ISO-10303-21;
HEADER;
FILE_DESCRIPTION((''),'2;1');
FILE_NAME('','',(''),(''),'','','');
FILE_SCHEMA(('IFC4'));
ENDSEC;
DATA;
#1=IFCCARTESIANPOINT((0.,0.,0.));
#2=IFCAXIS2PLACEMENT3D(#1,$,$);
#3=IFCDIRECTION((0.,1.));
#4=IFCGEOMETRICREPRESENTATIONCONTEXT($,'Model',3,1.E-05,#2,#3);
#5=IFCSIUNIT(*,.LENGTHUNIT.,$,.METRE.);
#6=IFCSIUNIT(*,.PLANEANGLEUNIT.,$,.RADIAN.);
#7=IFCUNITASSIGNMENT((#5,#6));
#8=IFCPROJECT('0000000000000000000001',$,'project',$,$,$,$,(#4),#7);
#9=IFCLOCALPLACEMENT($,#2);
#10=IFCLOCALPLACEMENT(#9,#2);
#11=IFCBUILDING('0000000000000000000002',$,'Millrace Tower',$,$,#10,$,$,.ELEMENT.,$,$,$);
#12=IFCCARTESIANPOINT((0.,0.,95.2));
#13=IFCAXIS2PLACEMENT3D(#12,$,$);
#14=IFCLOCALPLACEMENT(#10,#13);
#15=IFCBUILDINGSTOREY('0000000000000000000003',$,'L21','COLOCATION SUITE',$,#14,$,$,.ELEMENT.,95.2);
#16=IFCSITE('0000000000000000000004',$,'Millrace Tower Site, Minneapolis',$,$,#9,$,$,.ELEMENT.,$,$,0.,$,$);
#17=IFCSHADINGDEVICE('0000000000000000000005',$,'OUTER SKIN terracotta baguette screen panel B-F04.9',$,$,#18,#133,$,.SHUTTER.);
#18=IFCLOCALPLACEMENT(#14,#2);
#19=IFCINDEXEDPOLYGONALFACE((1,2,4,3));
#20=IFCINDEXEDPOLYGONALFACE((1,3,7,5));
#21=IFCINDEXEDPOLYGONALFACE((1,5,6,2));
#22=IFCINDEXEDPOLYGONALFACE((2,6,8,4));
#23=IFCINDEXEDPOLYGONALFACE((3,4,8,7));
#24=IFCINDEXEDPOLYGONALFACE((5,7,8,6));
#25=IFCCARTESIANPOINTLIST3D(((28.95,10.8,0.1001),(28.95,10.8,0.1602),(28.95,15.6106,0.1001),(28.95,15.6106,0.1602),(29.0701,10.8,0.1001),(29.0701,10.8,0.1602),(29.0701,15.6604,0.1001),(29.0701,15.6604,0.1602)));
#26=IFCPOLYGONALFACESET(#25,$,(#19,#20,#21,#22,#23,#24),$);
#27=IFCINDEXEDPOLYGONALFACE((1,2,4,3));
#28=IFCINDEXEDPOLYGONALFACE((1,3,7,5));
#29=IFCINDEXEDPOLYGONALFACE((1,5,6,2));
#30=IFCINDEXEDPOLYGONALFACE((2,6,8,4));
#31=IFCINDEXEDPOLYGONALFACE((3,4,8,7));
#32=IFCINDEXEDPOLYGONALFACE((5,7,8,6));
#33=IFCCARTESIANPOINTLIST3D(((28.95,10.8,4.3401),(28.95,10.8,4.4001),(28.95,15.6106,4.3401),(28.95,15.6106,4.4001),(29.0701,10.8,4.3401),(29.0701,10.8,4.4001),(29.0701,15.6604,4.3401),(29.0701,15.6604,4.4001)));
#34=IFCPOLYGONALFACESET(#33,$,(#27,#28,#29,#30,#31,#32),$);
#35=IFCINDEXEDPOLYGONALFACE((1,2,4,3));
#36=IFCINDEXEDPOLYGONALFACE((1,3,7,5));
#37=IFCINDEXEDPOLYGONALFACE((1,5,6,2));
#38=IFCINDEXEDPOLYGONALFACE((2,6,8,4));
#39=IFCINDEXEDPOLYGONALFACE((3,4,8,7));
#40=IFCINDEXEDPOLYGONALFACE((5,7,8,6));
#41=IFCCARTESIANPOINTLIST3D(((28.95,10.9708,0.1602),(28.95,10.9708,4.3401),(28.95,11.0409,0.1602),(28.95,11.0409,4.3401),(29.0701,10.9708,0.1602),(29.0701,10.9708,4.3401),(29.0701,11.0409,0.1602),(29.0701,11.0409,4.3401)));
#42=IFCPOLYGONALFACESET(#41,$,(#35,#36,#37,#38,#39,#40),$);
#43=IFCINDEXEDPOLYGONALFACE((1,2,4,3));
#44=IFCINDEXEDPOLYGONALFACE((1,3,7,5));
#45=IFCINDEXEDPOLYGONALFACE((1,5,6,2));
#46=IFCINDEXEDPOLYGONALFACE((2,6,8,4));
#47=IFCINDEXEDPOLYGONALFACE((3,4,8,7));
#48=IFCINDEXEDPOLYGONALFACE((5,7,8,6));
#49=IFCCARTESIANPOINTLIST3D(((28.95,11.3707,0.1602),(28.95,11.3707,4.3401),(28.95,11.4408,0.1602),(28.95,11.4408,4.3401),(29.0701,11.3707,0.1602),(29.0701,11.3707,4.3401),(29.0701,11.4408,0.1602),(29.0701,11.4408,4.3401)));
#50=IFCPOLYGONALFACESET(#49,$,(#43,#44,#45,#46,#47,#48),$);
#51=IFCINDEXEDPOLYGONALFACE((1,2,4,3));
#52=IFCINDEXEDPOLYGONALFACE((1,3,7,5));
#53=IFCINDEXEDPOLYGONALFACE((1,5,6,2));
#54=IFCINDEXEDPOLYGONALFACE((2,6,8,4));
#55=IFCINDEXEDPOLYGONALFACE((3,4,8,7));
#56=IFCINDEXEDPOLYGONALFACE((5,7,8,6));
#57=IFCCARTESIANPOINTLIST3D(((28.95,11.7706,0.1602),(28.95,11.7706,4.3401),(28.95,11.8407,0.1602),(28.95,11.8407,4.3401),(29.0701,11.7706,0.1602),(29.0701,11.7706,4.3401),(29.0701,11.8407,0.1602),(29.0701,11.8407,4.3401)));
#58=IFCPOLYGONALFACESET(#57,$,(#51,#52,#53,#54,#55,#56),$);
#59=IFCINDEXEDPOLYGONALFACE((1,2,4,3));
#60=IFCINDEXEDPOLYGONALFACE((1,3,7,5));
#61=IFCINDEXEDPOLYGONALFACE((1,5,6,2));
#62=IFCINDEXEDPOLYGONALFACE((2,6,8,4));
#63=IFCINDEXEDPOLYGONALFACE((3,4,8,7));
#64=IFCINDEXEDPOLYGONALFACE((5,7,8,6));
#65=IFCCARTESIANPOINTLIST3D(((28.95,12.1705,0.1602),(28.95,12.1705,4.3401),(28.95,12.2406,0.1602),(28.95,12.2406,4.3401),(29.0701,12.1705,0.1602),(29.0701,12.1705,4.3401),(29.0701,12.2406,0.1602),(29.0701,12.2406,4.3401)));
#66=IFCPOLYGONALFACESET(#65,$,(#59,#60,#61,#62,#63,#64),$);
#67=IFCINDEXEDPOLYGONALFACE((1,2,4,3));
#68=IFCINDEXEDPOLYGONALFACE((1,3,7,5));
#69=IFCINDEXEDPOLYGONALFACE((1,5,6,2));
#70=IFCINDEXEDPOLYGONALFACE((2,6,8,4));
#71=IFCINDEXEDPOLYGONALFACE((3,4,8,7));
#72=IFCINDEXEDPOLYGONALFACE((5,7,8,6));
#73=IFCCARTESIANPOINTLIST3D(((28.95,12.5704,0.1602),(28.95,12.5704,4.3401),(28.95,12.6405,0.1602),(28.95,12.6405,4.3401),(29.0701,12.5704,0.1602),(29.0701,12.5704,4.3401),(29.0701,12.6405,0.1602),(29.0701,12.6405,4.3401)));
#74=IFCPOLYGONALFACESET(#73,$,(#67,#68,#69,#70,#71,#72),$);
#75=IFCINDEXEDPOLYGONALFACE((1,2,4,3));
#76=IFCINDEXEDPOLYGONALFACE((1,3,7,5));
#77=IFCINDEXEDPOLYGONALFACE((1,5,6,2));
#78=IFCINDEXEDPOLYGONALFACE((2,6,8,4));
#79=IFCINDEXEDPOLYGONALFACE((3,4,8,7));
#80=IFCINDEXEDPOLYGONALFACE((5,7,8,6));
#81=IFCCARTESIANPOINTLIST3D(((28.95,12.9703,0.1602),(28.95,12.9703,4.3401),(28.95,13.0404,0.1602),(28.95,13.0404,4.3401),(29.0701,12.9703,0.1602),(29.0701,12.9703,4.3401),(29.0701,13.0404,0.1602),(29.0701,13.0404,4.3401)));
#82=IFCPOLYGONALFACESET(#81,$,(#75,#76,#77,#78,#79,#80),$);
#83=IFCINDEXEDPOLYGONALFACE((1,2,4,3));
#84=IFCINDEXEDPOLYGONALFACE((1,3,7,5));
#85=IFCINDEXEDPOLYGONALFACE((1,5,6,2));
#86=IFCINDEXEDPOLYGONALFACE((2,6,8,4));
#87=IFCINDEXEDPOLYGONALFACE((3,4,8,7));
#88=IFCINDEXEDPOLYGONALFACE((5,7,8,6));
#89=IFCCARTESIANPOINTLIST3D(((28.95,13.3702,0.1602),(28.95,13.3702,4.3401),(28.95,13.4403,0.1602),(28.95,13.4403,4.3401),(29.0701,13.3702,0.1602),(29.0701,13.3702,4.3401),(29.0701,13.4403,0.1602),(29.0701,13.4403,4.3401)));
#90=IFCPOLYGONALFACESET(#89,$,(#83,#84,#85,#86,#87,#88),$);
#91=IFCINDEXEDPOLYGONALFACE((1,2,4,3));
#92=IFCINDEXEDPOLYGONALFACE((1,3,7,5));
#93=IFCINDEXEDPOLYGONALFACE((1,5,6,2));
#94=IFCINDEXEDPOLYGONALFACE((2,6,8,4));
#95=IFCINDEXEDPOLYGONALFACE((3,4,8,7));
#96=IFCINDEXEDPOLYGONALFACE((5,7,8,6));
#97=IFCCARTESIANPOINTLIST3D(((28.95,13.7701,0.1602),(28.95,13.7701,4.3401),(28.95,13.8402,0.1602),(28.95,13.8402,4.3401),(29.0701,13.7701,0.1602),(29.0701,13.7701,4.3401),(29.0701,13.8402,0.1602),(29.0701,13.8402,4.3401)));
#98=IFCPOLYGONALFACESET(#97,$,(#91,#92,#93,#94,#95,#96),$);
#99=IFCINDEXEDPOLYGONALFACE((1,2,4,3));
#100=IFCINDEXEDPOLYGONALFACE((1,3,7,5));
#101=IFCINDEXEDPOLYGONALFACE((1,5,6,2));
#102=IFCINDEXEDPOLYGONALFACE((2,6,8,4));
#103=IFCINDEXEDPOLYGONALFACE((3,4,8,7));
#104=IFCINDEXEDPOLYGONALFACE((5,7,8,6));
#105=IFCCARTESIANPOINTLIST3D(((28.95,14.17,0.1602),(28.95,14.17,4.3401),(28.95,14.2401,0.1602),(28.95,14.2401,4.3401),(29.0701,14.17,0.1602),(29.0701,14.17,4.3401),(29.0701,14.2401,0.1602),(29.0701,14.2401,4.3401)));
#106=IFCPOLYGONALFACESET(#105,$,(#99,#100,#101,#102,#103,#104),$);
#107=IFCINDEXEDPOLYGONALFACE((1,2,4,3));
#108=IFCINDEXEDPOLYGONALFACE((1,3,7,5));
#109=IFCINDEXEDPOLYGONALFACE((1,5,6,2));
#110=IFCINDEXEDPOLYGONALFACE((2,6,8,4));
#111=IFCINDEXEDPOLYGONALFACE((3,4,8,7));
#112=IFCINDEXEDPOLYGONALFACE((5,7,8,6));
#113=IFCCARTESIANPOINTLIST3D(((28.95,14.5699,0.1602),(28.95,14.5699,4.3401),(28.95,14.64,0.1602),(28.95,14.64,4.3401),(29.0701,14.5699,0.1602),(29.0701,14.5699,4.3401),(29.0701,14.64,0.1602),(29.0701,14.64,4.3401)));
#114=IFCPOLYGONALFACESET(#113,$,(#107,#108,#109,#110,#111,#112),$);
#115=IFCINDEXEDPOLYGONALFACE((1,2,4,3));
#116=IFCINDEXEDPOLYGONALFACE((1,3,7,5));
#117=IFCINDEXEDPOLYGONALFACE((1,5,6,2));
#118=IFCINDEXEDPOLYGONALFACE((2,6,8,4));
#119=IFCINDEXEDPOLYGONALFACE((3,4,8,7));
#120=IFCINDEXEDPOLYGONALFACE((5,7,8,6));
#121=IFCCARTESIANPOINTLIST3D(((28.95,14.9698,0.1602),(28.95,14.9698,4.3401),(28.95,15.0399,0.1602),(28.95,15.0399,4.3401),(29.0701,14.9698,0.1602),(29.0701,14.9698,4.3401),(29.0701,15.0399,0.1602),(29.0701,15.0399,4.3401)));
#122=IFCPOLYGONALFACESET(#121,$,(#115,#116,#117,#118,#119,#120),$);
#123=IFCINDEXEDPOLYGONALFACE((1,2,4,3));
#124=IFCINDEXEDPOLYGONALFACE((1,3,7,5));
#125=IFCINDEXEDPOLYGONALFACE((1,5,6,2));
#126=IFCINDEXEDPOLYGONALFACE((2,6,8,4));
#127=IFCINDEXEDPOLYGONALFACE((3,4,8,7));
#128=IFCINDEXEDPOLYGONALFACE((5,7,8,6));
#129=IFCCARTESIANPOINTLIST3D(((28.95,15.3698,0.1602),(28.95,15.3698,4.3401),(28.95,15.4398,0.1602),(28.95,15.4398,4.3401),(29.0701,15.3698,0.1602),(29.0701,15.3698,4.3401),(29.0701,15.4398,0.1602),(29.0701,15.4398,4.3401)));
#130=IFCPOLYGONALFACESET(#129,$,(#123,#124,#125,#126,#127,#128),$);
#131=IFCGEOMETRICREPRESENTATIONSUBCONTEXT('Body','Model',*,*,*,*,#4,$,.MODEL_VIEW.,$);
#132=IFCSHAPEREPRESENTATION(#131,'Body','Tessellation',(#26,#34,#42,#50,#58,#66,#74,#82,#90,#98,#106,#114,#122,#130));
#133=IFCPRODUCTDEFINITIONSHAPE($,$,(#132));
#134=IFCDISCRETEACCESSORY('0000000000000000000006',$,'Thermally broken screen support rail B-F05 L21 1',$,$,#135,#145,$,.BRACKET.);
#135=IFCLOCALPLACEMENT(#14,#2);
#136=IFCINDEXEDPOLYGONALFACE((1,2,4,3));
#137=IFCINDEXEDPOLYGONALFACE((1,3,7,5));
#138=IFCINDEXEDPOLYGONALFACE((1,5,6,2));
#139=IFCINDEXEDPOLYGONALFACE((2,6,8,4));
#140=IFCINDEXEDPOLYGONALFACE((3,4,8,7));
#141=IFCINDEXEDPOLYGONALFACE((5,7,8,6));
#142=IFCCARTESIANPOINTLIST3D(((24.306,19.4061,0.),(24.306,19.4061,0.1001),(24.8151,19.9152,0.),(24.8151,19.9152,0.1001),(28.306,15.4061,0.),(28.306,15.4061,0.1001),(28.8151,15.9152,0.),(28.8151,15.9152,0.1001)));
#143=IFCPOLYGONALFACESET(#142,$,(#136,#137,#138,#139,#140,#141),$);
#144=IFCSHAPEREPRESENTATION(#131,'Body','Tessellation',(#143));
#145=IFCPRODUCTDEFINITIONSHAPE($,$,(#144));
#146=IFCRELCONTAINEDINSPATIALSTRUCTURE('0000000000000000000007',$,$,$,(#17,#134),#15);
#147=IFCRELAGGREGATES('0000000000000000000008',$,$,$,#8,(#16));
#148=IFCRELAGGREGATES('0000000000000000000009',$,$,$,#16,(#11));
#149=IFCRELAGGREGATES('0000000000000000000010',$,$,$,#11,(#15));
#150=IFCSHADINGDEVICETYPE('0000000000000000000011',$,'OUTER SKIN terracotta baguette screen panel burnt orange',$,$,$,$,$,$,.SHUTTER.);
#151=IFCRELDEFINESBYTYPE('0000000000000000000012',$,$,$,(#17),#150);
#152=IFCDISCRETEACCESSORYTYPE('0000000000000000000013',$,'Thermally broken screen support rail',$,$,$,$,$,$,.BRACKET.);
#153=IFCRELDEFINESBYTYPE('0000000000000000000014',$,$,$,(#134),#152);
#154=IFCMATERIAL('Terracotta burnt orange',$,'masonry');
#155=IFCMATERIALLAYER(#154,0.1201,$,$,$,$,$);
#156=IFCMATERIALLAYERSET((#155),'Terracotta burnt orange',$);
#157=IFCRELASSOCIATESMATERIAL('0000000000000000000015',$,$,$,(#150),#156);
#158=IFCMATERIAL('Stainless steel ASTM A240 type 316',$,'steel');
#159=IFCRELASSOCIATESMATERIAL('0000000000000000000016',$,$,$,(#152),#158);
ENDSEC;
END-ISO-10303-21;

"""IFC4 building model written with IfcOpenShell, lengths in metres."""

from ifc_helpers import new_model, entity, si_unit, direction, frame, frame_2d, origin, origin_2d, place, context, subcontext, project, spatial, rectangle, extrude, source, transform, mapped, material, layer, layer_set, type_object, element, save


model = new_model("IFC4")

# Units and contexts
model_context = context("Model", 3, precision=1e-05, world=origin(), true_north=direction((0.0, 1.0)))
body_context = subcontext(model_context, "Body", "Model", "MODEL_VIEW")
ifc_project = project(units=[si_unit("LENGTHUNIT", "METRE"), si_unit("PLANEANGLEUNIT", "RADIAN")], contexts=[model_context])

# Site, building, storey
site_placement = place(None, origin())
site = spatial("IfcSite", under=ifc_project, at=site_placement, Name="Millrace Tower Site, Minneapolis", CompositionType="ELEMENT", RefElevation=0.0)
building_placement = place(site_placement, origin())
building = spatial("IfcBuilding", under=site, at=building_placement, Name="Millrace Tower", CompositionType="ELEMENT")
storey_placement = place(building_placement, frame((0.0, 0.0, 95.2)))
storey = spatial("IfcBuildingStorey", under=building, at=storey_placement, Name="L21", Description="COLOCATION SUITE", CompositionType="ELEMENT", Elevation=95.2)

# Shading device
ifc_material_1 = material(Name="Terracotta burnt orange", Category="masonry")
ifc_layer_1 = layer(ifc_material_1, 0.1201)
ifc_layer_set_1 = layer_set([ifc_layer_1], Name="Terracotta burnt orange")
shading_device_type = type_object("IfcShadingDeviceType", Name="OUTER SKIN terracotta baguette screen panel burnt orange", PredefinedType="SHUTTER", material=ifc_layer_set_1)
cartesian_point_1 = entity("IfcCartesianPoint", [-2.4177, 0.0601])
shared_polyline_1 = entity("IfcPolyline", [cartesian_point_1, entity("IfcCartesianPoint", [2.3928, 0.0601]), entity("IfcCartesianPoint", [2.4426, -0.0601]), entity("IfcCartesianPoint", [-2.4177, -0.0601]), cartesian_point_1])
shared_shape_1 = source(origin(), body_context, "Body", "SweptSolid", [
    entity("IfcExtrudedAreaSolid", entity("IfcArbitraryClosedProfileDef", "AREA", None, shared_polyline_1), entity("IfcAxis2Placement3D", entity("IfcCartesianPoint", [0.0, 0.0, 0.0])), entity("IfcDirection", [0.0, 0.0, 1.0]), 0.0601),
    entity("IfcExtrudedAreaSolid", entity("IfcArbitraryClosedProfileDef", "AREA", None, shared_polyline_1), entity("IfcAxis2Placement3D", entity("IfcCartesianPoint", [0.0, 0.0, 4.24])), entity("IfcDirection", [0.0, 0.0, 1.0]), 0.0601),
    extrude(rectangle(XDim=0.0701, YDim=0.1201, at=frame_2d((-2.2119, 0.0))), frame((0.0, 0.0, 0.0601)), (0.0, 0.0, 1.0), 4.1799),
    extrude(rectangle(XDim=0.0701, YDim=0.1201, at=frame_2d((-1.812, 0.0))), frame((0.0, 0.0, 0.0601)), (0.0, 0.0, 1.0), 4.1799),
    extrude(rectangle(XDim=0.0701, YDim=0.1201, at=frame_2d((-1.4121, 0.0))), frame((0.0, 0.0, 0.0601)), (0.0, 0.0, 1.0), 4.1799),
    extrude(rectangle(XDim=0.0701, YDim=0.1201, at=frame_2d((-1.0122, 0.0))), frame((0.0, 0.0, 0.0601)), (0.0, 0.0, 1.0), 4.1799),
    extrude(rectangle(XDim=0.0701, YDim=0.1201, at=frame_2d((-0.6123, 0.0))), frame((0.0, 0.0, 0.0601)), (0.0, 0.0, 1.0), 4.1799),
    extrude(rectangle(XDim=0.0701, YDim=0.1201, at=frame_2d((-0.2124, 0.0))), frame((0.0, 0.0, 0.0601)), (0.0, 0.0, 1.0), 4.1799),
    extrude(rectangle(XDim=0.0701, YDim=0.1201, at=frame_2d((0.1875, 0.0))), frame((0.0, 0.0, 0.0601)), (0.0, 0.0, 1.0), 4.1799),
    extrude(rectangle(XDim=0.0701, YDim=0.1201, at=frame_2d((0.5874, 0.0))), frame((0.0, 0.0, 0.0601)), (0.0, 0.0, 1.0), 4.1799),
    extrude(rectangle(XDim=0.0701, YDim=0.1201, at=frame_2d((0.9873, 0.0))), frame((0.0, 0.0, 0.0601)), (0.0, 0.0, 1.0), 4.1799),
    extrude(rectangle(XDim=0.0701, YDim=0.1201, at=frame_2d((1.3872, 0.0))), frame((0.0, 0.0, 0.0601)), (0.0, 0.0, 1.0), 4.1799),
    extrude(rectangle(XDim=0.0701, YDim=0.1201, at=frame_2d((1.7871, 0.0))), frame((0.0, 0.0, 0.0601)), (0.0, 0.0, 1.0), 4.1799),
    extrude(rectangle(XDim=0.0701, YDim=0.1201, at=frame_2d((2.187, 0.0))), frame((0.0, 0.0, 0.0601)), (0.0, 0.0, 1.0), 4.1799),
])
shading_device_1_placement = place(storey_placement, frame((29.01, 13.2178, 0.1001), z_axis=(0.0, 0.0, 1.0), x_axis=(0.0, 1.0, 0.0)))
element("IfcShadingDevice", 1, at=shading_device_1_placement, inside=storey, type_object=shading_device_type, Name="OUTER SKIN terracotta baguette screen panel B-F04.9", PredefinedType="SHUTTER", context=body_context, shape_type="MappedRepresentation", body=[
    mapped(shared_shape_1, transform((0.0, 0.0, 0.0), scale=1.0)),
])

# Discrete accessory
ifc_material_2 = material(Name="Stainless steel ASTM A240 type 316", Category="steel")
discrete_accessory_type = type_object("IfcDiscreteAccessoryType", Name="Thermally broken screen support rail", PredefinedType="BRACKET", material=ifc_material_2)
discrete_accessory_placement = place(storey_placement, frame((26.5605, 17.6606, 0.0), z_axis=(0.0, 0.0, 1.0), x_axis=(-0.707107, 0.707107, 0.0)))
element("IfcDiscreteAccessory", 2, at=discrete_accessory_placement, inside=storey, type_object=discrete_accessory_type, Name="Thermally broken screen support rail B-F05 L21 1", PredefinedType="BRACKET", context=body_context, shape_type="SweptSolid", body=[
    extrude(rectangle(XDim=5.6567, YDim=0.72, at=origin_2d()), origin(), (0.0, 0.0, 1.0), 0.1001),
])

save(model, "model.ifc")
